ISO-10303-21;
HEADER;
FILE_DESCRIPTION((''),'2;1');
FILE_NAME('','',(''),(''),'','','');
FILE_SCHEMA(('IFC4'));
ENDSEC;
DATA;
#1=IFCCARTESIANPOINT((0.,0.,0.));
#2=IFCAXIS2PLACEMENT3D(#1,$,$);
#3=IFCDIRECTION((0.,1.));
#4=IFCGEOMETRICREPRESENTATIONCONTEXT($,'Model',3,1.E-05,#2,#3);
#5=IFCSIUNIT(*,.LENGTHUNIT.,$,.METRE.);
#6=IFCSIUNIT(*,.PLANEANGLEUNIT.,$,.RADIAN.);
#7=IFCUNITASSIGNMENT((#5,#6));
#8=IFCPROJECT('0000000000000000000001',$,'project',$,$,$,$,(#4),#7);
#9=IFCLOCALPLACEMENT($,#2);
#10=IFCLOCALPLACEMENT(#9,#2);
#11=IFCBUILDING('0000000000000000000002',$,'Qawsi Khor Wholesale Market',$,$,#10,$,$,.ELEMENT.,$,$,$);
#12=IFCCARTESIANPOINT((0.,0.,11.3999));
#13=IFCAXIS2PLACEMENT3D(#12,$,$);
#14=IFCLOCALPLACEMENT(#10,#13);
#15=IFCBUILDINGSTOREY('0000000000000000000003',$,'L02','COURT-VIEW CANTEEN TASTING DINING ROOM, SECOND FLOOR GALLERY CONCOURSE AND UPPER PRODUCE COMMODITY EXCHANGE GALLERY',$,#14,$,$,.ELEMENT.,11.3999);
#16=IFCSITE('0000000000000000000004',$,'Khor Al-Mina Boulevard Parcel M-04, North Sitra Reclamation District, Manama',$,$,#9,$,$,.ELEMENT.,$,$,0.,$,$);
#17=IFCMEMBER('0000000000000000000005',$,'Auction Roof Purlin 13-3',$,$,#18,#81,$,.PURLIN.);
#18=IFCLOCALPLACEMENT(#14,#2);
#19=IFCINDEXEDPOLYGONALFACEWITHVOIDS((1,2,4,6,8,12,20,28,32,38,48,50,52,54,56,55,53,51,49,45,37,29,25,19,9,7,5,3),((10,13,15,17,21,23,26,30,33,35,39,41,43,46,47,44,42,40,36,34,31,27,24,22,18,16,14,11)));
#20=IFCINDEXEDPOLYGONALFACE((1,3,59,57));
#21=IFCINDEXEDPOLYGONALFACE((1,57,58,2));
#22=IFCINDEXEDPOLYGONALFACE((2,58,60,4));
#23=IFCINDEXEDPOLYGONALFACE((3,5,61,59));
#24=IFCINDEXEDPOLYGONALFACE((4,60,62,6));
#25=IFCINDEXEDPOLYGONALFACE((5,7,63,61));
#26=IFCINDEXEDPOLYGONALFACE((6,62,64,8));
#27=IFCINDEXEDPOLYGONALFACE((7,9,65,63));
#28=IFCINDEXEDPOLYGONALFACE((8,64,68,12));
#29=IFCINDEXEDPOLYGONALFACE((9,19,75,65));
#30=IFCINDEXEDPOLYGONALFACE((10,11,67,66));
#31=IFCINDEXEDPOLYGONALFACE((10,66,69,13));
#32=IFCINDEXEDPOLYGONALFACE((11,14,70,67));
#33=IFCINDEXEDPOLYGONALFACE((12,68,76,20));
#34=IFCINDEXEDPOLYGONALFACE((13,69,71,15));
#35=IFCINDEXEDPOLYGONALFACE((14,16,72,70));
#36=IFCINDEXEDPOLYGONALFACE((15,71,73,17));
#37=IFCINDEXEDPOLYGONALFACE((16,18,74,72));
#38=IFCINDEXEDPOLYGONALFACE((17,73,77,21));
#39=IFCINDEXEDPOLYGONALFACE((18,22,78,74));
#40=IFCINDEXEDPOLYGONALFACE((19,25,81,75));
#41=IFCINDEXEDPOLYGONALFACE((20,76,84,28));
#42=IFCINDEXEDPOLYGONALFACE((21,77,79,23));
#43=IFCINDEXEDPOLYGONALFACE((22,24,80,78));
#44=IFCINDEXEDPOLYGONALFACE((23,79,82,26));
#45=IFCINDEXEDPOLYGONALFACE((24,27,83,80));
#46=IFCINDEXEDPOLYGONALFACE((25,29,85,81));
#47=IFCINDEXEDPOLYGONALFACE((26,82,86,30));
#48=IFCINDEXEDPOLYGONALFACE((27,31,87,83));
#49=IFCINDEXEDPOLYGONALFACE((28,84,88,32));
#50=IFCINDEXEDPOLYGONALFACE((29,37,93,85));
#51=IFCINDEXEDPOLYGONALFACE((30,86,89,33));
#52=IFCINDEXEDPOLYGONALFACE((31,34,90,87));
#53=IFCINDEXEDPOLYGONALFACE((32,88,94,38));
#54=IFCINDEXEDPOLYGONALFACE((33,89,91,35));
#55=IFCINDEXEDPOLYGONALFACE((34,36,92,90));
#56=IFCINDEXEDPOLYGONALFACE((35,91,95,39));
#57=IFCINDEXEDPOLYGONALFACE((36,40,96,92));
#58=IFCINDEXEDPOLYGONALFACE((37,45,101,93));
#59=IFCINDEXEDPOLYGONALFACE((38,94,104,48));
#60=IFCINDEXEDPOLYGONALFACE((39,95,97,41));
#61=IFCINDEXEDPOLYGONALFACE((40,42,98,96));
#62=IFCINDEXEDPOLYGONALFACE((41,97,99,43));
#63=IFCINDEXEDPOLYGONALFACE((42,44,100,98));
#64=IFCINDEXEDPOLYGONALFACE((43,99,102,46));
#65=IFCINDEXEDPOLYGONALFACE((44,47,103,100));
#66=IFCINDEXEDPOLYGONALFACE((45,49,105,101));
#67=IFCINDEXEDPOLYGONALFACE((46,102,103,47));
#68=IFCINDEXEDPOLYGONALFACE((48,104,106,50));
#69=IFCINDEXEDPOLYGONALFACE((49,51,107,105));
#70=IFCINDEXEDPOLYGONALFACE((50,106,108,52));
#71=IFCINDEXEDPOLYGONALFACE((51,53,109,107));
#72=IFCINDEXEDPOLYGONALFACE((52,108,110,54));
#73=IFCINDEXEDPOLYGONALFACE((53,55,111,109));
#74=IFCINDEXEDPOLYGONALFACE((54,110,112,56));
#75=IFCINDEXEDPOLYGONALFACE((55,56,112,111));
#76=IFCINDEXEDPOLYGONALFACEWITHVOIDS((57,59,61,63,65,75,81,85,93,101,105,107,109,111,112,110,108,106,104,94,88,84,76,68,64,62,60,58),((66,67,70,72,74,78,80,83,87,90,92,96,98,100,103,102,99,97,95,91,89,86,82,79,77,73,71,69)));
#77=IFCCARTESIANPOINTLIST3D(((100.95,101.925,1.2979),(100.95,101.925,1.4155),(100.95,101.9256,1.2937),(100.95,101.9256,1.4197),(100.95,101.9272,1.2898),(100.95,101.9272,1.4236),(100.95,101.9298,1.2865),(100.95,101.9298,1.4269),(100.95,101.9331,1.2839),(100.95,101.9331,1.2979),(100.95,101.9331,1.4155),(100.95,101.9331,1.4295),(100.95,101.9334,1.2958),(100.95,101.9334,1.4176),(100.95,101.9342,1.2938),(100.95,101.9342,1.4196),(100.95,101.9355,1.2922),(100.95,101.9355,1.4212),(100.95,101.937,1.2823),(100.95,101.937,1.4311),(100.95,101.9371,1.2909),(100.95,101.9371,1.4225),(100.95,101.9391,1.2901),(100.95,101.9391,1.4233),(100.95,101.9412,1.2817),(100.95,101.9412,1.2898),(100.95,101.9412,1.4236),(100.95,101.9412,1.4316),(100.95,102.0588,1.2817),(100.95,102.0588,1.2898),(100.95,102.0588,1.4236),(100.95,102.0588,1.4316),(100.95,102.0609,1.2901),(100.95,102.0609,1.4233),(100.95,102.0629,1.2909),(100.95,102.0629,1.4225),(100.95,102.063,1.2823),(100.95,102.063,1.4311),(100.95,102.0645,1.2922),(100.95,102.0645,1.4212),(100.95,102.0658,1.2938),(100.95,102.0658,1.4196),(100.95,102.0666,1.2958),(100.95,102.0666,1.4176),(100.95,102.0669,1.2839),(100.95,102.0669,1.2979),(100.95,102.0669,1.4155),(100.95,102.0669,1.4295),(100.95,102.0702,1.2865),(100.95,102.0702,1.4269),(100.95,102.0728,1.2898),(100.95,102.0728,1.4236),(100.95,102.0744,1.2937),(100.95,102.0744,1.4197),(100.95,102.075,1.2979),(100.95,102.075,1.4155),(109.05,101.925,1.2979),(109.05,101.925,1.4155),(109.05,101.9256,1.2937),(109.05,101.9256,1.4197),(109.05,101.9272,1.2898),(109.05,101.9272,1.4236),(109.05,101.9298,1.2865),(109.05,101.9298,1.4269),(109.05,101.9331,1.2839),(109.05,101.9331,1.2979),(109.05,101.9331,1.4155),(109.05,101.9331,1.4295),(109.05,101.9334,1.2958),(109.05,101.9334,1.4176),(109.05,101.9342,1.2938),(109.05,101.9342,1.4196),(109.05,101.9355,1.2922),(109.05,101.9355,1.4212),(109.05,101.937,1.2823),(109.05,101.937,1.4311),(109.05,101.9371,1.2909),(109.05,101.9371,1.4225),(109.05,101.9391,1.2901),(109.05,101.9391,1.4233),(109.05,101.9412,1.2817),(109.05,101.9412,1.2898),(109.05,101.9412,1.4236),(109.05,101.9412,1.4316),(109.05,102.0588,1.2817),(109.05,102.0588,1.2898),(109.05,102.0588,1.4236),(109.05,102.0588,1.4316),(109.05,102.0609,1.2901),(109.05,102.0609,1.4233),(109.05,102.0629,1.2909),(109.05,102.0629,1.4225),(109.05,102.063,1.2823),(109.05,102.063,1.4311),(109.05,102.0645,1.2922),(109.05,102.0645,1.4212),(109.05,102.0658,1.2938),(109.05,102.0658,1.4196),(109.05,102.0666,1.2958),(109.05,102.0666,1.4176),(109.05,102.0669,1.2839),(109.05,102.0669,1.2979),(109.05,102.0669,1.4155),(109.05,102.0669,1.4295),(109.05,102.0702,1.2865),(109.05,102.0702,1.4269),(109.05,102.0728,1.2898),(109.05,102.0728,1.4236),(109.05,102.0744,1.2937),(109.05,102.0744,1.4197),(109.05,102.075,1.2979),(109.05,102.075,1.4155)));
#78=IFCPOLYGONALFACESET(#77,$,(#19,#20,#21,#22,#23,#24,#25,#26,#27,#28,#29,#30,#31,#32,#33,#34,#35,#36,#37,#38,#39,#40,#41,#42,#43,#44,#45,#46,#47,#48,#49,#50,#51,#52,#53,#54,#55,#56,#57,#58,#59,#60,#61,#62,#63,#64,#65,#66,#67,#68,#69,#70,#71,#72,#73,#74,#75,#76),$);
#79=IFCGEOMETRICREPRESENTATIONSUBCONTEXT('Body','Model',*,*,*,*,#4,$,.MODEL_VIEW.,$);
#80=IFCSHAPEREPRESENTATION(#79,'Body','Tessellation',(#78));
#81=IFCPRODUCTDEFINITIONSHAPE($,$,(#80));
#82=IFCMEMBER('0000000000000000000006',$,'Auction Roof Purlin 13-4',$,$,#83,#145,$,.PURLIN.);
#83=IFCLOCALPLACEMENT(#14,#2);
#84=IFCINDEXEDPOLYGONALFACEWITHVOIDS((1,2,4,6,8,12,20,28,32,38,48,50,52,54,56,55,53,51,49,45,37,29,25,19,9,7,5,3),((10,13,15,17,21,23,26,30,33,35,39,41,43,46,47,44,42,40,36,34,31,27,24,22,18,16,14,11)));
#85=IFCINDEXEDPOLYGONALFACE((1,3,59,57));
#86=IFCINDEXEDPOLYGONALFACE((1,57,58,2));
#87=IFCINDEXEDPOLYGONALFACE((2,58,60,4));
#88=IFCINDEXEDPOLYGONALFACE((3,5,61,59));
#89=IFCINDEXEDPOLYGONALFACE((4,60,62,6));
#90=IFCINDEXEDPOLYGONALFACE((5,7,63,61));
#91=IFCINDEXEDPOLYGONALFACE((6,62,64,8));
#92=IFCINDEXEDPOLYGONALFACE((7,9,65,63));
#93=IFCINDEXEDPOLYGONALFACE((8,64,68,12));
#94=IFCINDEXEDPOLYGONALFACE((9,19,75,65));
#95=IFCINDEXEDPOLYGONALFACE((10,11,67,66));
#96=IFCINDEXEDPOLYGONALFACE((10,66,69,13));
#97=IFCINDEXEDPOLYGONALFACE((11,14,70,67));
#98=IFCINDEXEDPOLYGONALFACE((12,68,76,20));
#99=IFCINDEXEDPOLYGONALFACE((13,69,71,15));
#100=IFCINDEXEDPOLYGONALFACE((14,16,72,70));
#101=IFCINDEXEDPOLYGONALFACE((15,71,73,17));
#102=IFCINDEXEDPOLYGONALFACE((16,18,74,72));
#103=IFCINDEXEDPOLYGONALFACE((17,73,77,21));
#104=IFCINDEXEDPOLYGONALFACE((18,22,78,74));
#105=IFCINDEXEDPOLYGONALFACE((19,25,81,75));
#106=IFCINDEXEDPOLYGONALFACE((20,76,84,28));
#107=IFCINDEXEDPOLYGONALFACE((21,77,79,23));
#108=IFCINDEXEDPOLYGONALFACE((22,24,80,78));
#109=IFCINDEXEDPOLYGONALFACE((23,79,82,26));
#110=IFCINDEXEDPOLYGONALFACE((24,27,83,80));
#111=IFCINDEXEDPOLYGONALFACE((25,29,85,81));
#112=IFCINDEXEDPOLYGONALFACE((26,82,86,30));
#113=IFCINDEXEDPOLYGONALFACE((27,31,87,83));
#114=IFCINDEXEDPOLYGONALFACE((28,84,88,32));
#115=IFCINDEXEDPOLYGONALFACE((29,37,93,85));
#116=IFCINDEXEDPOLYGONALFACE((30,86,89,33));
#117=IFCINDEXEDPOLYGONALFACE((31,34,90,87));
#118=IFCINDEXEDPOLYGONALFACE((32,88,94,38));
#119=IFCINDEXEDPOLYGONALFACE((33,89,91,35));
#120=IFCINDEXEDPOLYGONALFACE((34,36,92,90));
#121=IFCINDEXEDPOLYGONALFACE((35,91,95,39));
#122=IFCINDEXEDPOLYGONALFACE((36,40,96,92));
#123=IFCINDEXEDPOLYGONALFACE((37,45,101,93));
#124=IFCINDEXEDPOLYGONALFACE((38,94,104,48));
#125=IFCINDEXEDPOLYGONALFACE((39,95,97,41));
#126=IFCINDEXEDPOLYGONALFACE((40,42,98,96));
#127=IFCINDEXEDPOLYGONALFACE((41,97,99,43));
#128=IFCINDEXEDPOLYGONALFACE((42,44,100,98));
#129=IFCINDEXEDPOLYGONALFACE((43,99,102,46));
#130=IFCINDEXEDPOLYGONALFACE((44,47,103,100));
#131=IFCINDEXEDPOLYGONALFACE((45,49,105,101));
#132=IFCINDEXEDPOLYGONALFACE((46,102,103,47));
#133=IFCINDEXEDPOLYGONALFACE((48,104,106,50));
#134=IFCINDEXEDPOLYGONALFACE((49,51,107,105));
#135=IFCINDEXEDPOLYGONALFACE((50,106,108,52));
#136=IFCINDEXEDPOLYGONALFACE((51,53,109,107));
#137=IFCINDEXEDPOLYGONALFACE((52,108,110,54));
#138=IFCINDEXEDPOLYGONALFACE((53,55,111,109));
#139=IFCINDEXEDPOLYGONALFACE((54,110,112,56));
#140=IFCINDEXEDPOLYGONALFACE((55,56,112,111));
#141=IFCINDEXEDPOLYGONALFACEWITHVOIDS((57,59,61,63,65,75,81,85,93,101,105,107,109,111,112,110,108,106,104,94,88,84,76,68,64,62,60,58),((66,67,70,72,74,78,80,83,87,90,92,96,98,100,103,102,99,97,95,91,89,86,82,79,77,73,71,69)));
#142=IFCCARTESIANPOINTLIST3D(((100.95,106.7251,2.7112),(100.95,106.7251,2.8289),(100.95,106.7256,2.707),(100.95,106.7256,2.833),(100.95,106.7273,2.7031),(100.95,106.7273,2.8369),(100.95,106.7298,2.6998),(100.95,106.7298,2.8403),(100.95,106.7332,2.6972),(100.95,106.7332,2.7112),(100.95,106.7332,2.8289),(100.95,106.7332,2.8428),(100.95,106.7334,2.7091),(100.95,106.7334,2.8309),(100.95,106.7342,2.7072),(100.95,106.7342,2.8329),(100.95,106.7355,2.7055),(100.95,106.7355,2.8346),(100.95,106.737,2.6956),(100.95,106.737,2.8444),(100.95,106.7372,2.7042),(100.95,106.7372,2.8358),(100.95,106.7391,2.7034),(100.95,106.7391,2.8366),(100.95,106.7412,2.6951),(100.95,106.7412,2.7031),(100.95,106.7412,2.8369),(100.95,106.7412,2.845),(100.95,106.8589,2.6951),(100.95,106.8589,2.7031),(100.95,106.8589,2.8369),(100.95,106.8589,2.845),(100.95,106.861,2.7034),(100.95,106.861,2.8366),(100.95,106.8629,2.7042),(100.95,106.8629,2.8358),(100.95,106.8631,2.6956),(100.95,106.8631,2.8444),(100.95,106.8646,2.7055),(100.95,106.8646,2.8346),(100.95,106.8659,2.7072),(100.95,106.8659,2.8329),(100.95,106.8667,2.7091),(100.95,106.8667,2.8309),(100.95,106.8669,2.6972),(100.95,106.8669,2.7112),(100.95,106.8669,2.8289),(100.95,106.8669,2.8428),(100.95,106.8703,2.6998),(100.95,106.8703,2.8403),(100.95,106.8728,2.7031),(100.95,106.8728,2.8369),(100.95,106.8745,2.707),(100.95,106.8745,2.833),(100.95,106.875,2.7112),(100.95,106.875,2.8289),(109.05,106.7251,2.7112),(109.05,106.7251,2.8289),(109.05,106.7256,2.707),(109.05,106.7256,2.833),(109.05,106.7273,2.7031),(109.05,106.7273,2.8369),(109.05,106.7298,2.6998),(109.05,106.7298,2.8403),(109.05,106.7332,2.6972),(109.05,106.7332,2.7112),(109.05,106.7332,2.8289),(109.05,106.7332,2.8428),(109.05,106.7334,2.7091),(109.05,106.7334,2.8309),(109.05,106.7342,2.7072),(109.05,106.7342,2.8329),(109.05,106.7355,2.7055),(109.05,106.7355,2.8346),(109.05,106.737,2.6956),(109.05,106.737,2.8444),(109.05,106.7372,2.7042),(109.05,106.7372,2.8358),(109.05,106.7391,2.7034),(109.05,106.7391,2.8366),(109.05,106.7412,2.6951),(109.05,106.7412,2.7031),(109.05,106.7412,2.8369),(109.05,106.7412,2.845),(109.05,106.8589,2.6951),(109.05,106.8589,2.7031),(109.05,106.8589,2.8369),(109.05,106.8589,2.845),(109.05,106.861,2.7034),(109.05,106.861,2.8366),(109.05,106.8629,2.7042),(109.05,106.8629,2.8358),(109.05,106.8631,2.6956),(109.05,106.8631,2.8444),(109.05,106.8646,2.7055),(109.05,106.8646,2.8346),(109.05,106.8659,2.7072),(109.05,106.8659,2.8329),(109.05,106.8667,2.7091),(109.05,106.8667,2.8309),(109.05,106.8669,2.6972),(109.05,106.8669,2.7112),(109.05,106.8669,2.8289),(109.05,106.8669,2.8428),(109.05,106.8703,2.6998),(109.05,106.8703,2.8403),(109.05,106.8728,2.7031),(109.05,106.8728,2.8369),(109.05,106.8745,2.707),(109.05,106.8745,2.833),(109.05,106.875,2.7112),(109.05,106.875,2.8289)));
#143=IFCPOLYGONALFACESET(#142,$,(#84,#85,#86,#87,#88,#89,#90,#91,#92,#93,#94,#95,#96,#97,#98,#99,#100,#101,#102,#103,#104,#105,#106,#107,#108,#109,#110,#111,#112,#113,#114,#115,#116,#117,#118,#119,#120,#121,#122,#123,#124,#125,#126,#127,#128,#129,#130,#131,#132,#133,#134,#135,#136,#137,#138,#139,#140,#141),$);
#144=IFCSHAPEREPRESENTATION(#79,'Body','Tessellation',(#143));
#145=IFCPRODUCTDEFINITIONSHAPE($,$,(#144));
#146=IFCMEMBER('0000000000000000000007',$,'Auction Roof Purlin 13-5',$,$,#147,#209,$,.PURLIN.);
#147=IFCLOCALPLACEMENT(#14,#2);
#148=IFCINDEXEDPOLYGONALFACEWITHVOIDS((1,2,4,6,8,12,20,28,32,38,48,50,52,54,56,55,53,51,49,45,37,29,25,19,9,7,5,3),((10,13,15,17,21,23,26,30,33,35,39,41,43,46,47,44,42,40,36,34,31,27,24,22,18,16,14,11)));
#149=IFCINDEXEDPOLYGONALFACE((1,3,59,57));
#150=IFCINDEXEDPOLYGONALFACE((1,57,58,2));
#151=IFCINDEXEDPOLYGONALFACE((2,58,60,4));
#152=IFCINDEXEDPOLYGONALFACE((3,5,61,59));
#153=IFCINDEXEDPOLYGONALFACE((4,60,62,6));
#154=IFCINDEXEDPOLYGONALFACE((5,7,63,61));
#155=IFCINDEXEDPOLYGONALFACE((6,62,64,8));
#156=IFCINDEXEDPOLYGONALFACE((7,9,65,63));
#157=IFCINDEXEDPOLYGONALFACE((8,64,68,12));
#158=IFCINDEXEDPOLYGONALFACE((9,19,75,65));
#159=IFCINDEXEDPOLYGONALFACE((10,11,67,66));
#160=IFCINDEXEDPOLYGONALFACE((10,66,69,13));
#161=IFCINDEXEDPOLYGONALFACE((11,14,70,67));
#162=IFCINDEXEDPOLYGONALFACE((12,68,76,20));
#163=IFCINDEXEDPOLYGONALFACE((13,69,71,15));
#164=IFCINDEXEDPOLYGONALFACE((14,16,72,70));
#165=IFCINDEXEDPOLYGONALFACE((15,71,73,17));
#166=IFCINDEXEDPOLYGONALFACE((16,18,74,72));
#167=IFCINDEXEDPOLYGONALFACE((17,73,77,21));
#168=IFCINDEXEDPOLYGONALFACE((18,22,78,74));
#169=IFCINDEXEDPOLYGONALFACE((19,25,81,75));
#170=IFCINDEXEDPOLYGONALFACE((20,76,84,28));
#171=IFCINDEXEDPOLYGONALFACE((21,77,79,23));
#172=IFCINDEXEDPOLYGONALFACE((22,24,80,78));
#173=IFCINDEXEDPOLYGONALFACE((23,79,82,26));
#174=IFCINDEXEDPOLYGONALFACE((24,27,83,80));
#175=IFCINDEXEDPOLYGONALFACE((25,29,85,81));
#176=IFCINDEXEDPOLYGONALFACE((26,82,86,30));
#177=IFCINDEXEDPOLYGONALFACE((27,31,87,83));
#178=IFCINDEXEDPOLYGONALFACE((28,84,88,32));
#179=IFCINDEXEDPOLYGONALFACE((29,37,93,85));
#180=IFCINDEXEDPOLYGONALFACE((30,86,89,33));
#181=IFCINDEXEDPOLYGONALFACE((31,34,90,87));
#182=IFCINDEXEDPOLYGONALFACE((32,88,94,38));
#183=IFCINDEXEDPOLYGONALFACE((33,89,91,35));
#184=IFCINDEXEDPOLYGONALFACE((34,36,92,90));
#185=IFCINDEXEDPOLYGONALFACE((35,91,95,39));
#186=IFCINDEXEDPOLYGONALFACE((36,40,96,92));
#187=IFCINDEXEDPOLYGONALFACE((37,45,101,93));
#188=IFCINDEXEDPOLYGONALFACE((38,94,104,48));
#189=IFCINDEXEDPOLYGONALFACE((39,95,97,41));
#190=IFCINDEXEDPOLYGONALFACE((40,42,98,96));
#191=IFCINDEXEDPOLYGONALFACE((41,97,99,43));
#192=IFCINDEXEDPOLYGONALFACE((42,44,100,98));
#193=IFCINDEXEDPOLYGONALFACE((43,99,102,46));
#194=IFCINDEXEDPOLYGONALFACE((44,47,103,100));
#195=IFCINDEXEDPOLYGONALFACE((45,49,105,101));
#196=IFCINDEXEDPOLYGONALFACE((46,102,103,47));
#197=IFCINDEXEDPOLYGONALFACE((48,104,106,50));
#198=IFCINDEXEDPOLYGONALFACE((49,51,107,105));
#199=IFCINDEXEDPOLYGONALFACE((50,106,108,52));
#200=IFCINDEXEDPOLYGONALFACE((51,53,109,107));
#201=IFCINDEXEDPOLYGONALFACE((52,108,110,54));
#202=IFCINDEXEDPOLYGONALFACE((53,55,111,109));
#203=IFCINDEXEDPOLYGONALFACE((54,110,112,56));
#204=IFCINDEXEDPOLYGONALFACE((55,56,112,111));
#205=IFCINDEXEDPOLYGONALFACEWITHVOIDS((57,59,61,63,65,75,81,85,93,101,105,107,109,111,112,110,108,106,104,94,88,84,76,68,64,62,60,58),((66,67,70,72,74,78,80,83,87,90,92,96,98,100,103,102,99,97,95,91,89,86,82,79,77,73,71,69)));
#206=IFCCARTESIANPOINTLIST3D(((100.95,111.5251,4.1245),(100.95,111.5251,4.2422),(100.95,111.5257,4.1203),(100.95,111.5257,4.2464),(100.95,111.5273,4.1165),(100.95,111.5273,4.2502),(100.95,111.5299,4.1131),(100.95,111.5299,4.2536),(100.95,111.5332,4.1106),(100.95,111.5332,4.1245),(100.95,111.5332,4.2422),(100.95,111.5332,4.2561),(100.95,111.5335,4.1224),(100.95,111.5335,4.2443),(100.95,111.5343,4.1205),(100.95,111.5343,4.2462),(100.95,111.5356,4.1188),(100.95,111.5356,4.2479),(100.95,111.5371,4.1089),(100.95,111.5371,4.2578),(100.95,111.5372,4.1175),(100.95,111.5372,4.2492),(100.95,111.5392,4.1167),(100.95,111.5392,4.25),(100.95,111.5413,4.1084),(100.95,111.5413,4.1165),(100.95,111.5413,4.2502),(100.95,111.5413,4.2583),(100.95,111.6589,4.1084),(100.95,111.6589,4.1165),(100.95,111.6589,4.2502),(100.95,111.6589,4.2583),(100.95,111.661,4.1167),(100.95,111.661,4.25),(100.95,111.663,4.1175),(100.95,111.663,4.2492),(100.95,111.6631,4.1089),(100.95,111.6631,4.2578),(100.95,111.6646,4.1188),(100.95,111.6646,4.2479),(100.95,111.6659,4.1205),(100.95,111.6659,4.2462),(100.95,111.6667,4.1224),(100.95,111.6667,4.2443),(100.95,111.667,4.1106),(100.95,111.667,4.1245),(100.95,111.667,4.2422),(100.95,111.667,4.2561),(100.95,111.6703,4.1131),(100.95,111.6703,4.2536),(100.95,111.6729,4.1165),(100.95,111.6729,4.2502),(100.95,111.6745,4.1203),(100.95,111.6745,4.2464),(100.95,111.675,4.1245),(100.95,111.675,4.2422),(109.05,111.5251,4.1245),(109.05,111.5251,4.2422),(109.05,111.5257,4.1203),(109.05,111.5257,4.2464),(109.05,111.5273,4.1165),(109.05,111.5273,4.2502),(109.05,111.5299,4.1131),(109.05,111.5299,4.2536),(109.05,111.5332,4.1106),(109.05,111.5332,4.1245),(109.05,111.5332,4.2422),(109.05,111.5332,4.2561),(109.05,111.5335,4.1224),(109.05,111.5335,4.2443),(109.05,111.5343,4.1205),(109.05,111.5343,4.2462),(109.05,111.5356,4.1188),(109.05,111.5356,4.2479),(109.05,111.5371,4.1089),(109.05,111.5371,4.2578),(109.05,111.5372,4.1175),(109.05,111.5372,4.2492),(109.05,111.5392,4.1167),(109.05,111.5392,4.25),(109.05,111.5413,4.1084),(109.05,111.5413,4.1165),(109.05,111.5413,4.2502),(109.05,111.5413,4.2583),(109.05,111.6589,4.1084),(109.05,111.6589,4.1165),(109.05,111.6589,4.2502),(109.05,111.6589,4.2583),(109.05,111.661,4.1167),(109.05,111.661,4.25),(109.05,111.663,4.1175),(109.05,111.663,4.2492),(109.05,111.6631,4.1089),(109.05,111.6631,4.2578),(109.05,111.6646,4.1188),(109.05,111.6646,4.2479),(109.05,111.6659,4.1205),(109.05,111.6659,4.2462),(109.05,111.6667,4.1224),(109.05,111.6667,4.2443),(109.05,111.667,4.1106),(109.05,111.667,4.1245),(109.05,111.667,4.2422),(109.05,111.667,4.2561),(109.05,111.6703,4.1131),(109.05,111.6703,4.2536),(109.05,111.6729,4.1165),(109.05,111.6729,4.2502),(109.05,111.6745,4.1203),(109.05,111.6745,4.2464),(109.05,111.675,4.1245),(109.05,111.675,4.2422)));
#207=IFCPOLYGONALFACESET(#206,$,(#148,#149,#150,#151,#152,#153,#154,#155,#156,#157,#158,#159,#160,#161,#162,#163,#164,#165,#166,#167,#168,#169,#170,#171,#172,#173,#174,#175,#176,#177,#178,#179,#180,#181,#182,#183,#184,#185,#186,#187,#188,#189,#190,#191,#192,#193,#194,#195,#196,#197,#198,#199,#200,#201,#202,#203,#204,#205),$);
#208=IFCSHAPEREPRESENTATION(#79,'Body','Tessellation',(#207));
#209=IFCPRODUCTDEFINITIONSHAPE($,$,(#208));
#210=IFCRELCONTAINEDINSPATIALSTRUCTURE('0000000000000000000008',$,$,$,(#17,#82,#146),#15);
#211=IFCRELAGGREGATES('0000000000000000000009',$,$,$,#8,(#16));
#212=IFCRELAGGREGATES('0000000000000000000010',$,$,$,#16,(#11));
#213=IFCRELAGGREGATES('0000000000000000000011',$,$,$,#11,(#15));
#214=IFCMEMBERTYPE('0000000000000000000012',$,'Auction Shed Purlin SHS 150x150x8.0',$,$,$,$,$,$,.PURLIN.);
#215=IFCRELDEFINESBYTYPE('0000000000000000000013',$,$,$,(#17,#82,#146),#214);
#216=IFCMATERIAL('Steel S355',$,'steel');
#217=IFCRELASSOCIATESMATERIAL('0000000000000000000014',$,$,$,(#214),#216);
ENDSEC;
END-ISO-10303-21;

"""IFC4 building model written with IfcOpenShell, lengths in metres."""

from ifc_helpers import new_model, si_unit, direction, frame, origin, origin_2d, place, context, subcontext, project, spatial, hollow_rectangle, extrude, material, material_profile, profile_set, type_object, element, save


model = new_model("IFC4")

# Units and contexts
model_context = context("Model", 3, precision=1e-05, world=origin(), true_north=direction((0.0, 1.0)))
body_context = subcontext(model_context, "Body", "Model", "MODEL_VIEW")
ifc_project = project(units=[si_unit("LENGTHUNIT", "METRE"), si_unit("PLANEANGLEUNIT", "RADIAN")], contexts=[model_context])

# Site, building, storey
site_placement = place(None, origin())
site = spatial("IfcSite", under=ifc_project, at=site_placement, Name="Khor Al-Mina Boulevard Parcel M-04, North Sitra Reclamation District, Manama", CompositionType="ELEMENT", RefElevation=0.0)
building_placement = place(site_placement, origin())
building = spatial("IfcBuilding", under=site, at=building_placement, Name="Qawsi Khor Wholesale Market", CompositionType="ELEMENT")
storey_placement = place(building_placement, frame((0.0, 0.0, 11.3999)))
storey = spatial("IfcBuildingStorey", under=building, at=storey_placement, Name="L02", Description="COURT-VIEW CANTEEN TASTING DINING ROOM, SECOND FLOOR GALLERY CONCOURSE AND UPPER PRODUCE COMMODITY EXCHANGE GALLERY", CompositionType="ELEMENT", Elevation=11.3999)

# Members
ifc_material_1 = material(Name="Steel S355", Category="steel")
ifc_material_profile_1 = material_profile(ifc_material_1, hollow_rectangle(XDim=0.1499, YDim=0.1499, WallThickness=0.0081, InnerFilletRadius=0.0081, OuterFilletRadius=0.0161, at=origin_2d()), Name="SHS 150x150x8.0")
ifc_profile_set_1 = profile_set([ifc_material_profile_1], Name="Steel S355")
member_type_1 = type_object("IfcMemberType", Name="Auction Shed Purlin SHS 150x150x8.0", PredefinedType="PURLIN", material=ifc_profile_set_1)
for number, where, z_axis, x_axis, name in (
    (1, (100.95, 102.0, 1.3567), (1.0, 0.0, 0.0), (0.0, 1.0, 0.0), "Auction Roof Purlin 13-3"),
    (2, (100.95, 106.8, 2.77), (1.0, 0.0, 0.0), (0.0, 1.0, 0.0), "Auction Roof Purlin 13-4"),
    (3, (100.95, 111.6001, 4.1833), (1.0, 0.0, 0.0), (0.0, 1.0, 0.0), "Auction Roof Purlin 13-5"),
):
    element("IfcMember", number, at=place(storey_placement, frame(where, z_axis=z_axis, x_axis=x_axis)), inside=storey, type_object=member_type_1, Name=name, PredefinedType="PURLIN", context=body_context, shape_type="SweptSolid", body=[
        extrude(hollow_rectangle(XDim=0.1499, YDim=0.1499, WallThickness=0.0081, InnerFilletRadius=0.0081, OuterFilletRadius=0.0161, at=origin_2d()), origin(), (0.0, 0.0, 1.0), 8.1001),
    ])

save(model, "model.ifc")
